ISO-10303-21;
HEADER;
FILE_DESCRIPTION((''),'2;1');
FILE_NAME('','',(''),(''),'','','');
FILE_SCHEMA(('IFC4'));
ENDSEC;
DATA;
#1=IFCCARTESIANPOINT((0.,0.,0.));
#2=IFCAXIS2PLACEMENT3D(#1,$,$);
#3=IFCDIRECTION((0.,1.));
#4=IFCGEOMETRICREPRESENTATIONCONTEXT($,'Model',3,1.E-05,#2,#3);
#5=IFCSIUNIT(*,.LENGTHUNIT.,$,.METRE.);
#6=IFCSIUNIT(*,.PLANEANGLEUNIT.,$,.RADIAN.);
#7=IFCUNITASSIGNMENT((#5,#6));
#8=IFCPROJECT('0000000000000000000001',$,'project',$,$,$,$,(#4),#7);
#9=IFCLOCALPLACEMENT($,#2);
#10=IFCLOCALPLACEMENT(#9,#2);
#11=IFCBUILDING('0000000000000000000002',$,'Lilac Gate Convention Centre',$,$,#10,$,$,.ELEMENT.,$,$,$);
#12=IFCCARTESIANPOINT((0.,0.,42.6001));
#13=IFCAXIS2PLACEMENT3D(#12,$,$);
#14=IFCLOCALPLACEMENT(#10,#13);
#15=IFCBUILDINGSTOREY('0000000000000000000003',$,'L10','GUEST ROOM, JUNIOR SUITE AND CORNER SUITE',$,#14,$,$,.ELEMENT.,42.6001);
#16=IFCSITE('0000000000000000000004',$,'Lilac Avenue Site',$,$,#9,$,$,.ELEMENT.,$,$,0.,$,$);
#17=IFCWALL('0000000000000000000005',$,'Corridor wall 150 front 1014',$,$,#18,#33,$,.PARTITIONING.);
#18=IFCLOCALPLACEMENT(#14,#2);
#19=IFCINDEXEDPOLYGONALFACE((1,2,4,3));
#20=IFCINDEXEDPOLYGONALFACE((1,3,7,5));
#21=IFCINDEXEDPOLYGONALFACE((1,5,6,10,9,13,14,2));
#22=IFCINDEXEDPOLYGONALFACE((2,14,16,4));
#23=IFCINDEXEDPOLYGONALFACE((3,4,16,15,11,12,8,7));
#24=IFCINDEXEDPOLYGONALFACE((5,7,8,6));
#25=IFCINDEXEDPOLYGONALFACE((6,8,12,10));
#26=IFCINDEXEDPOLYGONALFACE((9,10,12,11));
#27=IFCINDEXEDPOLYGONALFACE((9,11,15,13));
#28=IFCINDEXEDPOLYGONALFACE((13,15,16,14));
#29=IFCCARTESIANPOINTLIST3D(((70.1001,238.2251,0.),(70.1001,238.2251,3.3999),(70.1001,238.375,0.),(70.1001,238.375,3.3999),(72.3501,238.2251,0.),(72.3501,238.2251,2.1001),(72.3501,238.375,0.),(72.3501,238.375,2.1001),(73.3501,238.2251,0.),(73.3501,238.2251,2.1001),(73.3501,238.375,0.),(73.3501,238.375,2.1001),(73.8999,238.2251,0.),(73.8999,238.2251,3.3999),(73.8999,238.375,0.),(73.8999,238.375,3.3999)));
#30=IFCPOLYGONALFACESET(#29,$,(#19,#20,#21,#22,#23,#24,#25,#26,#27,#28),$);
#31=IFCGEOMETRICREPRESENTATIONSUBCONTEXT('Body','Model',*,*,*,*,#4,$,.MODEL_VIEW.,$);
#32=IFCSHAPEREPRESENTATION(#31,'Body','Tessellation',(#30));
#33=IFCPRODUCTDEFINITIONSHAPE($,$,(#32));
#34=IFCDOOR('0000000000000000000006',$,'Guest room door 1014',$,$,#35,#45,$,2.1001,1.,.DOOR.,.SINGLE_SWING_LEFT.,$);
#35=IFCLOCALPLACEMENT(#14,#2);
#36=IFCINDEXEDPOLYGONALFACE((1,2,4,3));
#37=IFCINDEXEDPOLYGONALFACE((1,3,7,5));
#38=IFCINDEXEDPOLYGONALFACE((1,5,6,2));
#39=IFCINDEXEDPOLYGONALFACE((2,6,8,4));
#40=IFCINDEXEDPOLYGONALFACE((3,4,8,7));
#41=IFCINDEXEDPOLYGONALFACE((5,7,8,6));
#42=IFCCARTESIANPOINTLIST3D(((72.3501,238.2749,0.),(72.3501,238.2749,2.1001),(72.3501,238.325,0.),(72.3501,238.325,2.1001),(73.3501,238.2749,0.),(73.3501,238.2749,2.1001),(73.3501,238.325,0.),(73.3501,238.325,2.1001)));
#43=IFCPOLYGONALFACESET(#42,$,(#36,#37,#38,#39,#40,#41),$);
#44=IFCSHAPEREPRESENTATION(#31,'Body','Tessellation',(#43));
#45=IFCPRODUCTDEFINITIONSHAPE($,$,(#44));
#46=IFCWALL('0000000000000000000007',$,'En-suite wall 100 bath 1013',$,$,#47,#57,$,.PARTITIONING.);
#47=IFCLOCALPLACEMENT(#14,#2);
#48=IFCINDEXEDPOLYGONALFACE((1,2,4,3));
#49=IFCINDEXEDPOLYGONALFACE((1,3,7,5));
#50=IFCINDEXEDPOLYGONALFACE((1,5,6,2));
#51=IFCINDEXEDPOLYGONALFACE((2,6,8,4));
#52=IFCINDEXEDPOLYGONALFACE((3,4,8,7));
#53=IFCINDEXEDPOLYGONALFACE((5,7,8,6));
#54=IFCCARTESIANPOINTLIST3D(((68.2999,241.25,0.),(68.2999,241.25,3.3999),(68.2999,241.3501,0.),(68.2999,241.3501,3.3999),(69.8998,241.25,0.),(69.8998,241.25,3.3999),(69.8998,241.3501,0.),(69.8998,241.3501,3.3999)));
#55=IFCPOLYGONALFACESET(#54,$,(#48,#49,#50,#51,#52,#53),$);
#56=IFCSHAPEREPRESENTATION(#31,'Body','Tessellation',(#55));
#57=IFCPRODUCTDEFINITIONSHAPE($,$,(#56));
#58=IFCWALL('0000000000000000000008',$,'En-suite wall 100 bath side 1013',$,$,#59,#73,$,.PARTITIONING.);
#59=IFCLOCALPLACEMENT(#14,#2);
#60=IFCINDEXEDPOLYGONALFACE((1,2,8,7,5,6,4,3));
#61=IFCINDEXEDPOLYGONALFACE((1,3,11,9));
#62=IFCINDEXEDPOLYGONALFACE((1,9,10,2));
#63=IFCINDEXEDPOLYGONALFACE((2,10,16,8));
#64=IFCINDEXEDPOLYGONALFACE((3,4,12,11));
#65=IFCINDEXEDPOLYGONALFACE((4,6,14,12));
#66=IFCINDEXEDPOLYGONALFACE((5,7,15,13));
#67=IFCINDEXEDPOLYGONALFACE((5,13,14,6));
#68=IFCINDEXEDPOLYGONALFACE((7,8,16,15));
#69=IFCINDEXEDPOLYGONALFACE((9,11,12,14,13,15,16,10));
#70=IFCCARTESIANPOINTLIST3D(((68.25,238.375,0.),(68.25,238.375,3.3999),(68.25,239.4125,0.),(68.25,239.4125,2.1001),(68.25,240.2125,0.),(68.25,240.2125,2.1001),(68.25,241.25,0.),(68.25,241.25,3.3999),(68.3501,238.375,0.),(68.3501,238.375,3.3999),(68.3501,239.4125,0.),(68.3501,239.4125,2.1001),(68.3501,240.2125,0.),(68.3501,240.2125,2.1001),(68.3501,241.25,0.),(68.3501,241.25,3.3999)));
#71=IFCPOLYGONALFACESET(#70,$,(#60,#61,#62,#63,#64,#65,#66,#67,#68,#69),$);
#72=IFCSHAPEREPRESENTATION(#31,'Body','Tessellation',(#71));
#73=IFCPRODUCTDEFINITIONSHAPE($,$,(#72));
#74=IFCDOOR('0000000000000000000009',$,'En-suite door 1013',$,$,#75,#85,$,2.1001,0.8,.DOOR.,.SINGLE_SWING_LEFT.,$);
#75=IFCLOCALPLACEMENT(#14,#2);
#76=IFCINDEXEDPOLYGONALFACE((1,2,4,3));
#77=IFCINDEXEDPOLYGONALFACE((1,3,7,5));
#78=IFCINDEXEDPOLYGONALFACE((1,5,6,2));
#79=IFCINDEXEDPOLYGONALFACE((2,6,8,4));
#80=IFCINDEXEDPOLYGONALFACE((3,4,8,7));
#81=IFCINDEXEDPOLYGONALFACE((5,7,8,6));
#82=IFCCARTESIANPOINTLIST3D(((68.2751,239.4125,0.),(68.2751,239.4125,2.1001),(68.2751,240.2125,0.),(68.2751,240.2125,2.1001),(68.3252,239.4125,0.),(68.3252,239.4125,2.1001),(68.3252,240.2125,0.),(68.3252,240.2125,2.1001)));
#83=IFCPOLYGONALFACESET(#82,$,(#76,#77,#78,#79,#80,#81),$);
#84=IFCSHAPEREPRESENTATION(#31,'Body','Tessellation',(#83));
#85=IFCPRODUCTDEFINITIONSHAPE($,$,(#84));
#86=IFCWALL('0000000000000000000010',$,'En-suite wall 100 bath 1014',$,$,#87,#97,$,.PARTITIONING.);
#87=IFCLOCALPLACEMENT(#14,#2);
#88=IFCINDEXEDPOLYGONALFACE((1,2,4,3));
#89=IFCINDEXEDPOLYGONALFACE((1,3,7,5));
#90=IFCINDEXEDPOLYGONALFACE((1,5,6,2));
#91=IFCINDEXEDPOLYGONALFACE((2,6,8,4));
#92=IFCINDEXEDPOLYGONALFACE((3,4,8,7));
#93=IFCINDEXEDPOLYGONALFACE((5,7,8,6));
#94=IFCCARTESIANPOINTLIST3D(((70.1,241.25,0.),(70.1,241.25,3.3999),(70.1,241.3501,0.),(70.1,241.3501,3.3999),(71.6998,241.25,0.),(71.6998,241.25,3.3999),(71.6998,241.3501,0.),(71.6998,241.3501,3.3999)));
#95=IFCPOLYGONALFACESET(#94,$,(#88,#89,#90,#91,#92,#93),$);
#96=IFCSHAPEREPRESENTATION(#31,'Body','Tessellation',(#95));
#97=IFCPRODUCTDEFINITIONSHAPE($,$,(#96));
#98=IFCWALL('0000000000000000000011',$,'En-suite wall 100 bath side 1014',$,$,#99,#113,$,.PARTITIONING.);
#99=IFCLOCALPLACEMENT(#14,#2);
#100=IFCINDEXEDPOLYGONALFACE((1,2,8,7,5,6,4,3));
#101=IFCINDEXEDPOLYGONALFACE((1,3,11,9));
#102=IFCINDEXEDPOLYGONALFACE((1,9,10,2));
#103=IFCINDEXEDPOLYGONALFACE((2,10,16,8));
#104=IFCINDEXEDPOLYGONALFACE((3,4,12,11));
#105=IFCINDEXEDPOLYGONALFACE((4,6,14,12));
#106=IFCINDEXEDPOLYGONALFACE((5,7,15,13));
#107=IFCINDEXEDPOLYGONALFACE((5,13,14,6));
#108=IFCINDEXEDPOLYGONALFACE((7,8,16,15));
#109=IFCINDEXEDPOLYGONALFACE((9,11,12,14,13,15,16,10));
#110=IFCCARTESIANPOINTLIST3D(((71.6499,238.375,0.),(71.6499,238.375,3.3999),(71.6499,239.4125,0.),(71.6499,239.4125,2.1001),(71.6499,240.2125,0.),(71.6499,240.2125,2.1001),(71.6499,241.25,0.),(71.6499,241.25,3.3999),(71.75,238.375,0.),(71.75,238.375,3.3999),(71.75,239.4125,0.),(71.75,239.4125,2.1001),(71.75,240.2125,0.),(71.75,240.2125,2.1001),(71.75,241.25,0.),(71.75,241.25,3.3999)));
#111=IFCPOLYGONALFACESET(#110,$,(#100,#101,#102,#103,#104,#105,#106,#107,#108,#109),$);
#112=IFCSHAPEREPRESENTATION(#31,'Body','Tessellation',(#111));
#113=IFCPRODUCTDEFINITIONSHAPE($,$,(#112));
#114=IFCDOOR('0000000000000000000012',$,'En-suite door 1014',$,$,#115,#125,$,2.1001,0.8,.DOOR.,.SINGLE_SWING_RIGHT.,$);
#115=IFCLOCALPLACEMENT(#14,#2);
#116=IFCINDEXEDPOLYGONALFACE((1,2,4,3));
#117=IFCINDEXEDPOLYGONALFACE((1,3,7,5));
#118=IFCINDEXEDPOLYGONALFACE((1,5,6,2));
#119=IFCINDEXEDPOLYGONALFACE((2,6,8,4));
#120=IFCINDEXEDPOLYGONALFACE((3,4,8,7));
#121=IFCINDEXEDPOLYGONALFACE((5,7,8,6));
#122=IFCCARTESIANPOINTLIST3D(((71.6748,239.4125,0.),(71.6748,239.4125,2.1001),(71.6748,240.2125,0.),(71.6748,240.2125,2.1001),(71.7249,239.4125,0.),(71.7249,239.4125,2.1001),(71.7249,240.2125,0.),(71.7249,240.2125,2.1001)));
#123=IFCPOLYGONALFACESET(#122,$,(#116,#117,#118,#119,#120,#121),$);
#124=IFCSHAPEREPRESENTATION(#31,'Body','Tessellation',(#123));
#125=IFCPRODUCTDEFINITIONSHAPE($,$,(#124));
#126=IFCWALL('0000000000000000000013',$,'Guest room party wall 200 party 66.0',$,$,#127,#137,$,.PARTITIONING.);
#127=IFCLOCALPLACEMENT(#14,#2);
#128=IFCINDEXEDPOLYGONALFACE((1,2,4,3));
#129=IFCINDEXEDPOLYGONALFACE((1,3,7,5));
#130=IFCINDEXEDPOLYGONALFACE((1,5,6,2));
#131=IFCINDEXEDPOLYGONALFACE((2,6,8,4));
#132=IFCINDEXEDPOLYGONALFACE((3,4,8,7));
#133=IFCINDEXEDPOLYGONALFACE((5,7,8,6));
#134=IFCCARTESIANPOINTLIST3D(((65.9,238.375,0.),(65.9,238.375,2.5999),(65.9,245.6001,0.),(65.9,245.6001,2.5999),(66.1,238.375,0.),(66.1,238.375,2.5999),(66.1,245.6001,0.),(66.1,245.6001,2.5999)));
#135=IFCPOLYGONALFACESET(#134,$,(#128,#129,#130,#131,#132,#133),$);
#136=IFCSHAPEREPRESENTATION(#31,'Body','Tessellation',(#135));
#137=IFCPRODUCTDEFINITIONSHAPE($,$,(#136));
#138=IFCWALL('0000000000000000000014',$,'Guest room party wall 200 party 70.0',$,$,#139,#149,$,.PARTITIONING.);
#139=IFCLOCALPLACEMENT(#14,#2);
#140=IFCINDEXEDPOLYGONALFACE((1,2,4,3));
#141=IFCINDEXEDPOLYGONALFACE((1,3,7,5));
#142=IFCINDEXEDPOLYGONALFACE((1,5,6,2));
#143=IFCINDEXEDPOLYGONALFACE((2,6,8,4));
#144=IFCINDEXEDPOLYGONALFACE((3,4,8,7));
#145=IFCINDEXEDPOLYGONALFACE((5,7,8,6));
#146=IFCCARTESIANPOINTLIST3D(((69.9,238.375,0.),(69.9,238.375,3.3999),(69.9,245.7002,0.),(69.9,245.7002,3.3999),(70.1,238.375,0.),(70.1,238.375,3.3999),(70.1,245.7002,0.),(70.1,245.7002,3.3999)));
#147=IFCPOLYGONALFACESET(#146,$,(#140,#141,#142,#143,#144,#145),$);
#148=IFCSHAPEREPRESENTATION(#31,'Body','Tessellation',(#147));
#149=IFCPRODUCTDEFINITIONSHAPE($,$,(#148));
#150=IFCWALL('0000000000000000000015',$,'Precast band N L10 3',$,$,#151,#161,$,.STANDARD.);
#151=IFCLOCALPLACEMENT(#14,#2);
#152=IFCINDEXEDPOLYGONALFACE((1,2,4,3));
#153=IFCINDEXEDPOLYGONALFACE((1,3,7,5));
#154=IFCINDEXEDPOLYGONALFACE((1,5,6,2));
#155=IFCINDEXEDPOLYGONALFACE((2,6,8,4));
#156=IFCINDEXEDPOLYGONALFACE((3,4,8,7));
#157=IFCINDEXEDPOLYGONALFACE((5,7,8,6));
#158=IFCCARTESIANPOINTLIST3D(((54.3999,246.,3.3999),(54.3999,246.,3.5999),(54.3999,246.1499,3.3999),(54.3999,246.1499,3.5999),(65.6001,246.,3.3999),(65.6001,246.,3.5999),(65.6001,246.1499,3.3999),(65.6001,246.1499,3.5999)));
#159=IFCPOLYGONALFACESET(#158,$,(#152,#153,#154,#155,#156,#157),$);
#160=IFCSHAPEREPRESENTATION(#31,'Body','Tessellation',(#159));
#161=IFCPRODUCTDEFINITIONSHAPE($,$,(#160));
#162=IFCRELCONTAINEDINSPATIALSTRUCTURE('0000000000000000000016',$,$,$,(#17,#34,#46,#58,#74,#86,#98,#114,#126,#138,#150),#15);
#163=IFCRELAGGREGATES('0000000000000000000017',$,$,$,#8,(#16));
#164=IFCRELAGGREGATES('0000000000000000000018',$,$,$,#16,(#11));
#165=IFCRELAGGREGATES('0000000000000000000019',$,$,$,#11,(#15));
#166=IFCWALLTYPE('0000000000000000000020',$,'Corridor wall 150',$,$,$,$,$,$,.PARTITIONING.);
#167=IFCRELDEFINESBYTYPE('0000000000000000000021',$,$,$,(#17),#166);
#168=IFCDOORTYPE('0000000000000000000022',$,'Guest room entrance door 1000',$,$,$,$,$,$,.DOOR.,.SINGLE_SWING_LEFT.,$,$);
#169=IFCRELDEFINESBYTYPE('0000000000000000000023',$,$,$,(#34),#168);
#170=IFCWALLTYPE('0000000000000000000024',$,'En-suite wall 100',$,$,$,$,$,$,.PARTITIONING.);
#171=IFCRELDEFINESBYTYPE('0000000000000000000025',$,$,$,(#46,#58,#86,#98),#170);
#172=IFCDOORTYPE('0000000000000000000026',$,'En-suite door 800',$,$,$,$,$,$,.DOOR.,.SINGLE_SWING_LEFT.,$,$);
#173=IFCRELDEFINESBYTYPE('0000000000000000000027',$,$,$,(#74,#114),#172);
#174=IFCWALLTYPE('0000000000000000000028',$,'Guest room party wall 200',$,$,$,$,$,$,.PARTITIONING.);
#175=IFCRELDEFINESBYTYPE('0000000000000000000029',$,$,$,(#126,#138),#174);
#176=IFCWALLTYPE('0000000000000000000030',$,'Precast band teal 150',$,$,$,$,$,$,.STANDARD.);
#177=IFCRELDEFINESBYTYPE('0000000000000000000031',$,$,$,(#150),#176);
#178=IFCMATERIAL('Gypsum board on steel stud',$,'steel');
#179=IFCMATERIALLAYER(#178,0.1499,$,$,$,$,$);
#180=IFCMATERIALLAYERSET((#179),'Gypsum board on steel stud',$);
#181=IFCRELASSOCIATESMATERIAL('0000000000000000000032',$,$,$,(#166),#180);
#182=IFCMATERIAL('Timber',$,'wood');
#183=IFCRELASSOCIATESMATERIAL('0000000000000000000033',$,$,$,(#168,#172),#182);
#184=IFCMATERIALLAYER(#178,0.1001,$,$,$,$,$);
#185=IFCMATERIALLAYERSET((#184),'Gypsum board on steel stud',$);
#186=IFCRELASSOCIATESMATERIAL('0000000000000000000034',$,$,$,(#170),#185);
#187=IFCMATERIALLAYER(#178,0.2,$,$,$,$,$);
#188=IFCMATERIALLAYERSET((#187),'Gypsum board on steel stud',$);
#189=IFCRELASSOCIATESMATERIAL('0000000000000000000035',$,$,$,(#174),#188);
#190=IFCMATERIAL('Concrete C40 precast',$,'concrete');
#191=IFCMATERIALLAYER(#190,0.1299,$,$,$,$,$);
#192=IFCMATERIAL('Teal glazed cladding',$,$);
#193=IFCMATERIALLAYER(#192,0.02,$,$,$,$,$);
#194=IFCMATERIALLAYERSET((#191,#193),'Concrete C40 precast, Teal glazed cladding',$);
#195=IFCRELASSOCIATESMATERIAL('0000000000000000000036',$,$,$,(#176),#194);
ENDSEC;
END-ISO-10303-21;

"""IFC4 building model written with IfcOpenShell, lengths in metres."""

from ifc_helpers import new_model, si_unit, direction, frame, frame_2d, origin, place, context, subcontext, project, spatial, rectangle, extrude, material, layer, layer_set, type_object, element, fill, save


model = new_model("IFC4")

# Units and contexts
model_context = context("Model", 3, precision=1e-05, world=origin(), true_north=direction((0.0, 1.0)))
body_context = subcontext(model_context, "Body", "Model", "MODEL_VIEW")
ifc_project = project(units=[si_unit("LENGTHUNIT", "METRE"), si_unit("PLANEANGLEUNIT", "RADIAN")], contexts=[model_context])

# Site, building, storey
site_placement = place(None, origin())
site = spatial("IfcSite", under=ifc_project, at=site_placement, Name="Lilac Avenue Site", CompositionType="ELEMENT", RefElevation=0.0)
building_placement = place(site_placement, origin())
building = spatial("IfcBuilding", under=site, at=building_placement, Name="Lilac Gate Convention Centre", CompositionType="ELEMENT")
storey_placement = place(building_placement, frame((0.0, 0.0, 42.6001)))
storey = spatial("IfcBuildingStorey", under=building, at=storey_placement, Name="L10", Description="GUEST ROOM, JUNIOR SUITE AND CORNER SUITE", CompositionType="ELEMENT", Elevation=42.6001)

# Wall, opening, door
ifc_material_1 = material(Name="Gypsum board on steel stud", Category="steel")
ifc_layer_1 = layer(ifc_material_1, 0.1499)
ifc_layer_set_1 = layer_set([ifc_layer_1], Name="Gypsum board on steel stud")
wall_type_1 = type_object("IfcWallType", Name="Corridor wall 150", PredefinedType="PARTITIONING", material=ifc_layer_set_1)
ifc_material_2 = material(Name="Timber", Category="wood")
door_type_1 = type_object("IfcDoorType", Name="Guest room entrance door 1000", OperationType="SINGLE_SWING_LEFT", PredefinedType="DOOR", material=ifc_material_2)
wall_1_placement = place(storey_placement, frame((70.1001, 238.3, 0.0), z_axis=(0.0, 0.0, 1.0), x_axis=(1.0, 0.0, 0.0)))
wall_1 = element("IfcWall", 1, at=wall_1_placement, inside=storey, type_object=wall_type_1, Name="Corridor wall 150 front 1014", PredefinedType="PARTITIONING", context=body_context, shape_type="SweptSolid", body=[
    extrude(rectangle(XDim=3.7998, YDim=0.1499, at=frame_2d((1.8999, 0.0))), origin(), (0.0, 0.0, 1.0), 3.3999),
])
opening_1_placement = place(wall_1_placement, frame((2.25, 0.0, 0.0)))
opening_1 = element("IfcOpeningElement", 2, at=opening_1_placement, cuts=wall_1, PredefinedType="OPENING", context=body_context, shape_type="SweptSolid", body=[
    extrude(rectangle(XDim=1.0, YDim=2.1001, at=frame_2d((0.5, 1.05))), frame((0.0, 0.085, 0.0), z_axis=(0.0, -1.0, 0.0), x_axis=(1.0, 0.0, 0.0)), (0.0, 0.0, 1.0), 0.1699),
])
door_1_placement = place(opening_1_placement, origin())
door_1 = element("IfcDoor", 3, at=door_1_placement, inside=storey, type_object=door_type_1, Name="Guest room door 1014", OperationType="SINGLE_SWING_LEFT", OverallHeight=2.1001, OverallWidth=1.0, PredefinedType="DOOR", context=body_context, shape_type="SweptSolid", body=[
    extrude(rectangle(XDim=1.0, YDim=2.1001, at=frame_2d((0.5, 1.05))), frame((0.0, 0.0249, 0.0), z_axis=(0.0, -1.0, 0.0), x_axis=(1.0, 0.0, 0.0)), (0.0, 0.0, 1.0), 0.05),
])
fill(opening_1, door_1)

# Wall
ifc_layer_2 = layer(ifc_material_1, 0.1001)
ifc_layer_set_2 = layer_set([ifc_layer_2], Name="Gypsum board on steel stud")
wall_type_2 = type_object("IfcWallType", Name="En-suite wall 100", PredefinedType="PARTITIONING", material=ifc_layer_set_2)
wall_2_placement = place(storey_placement, frame((68.3, 241.3, 0.0), z_axis=(0.0, 0.0, 1.0), x_axis=(1.0, 0.0, 0.0)))
element("IfcWall", 4, at=wall_2_placement, inside=storey, type_object=wall_type_2, Name="En-suite wall 100 bath 1013", PredefinedType="PARTITIONING", context=body_context, shape_type="SweptSolid", body=[
    extrude(rectangle(XDim=1.5999, YDim=0.1001, at=frame_2d((0.7998, 0.0))), origin(), (0.0, 0.0, 1.0), 3.3999),
])

# Wall, opening, door
wall_3_placement = place(storey_placement, frame((68.3, 238.375, 0.0), z_axis=(0.0, 0.0, 1.0), x_axis=(0.0, 1.0, 0.0)))
wall_3 = element("IfcWall", 5, at=wall_3_placement, inside=storey, type_object=wall_type_2, Name="En-suite wall 100 bath side 1013", PredefinedType="PARTITIONING", context=body_context, shape_type="SweptSolid", body=[
    extrude(rectangle(XDim=2.875, YDim=0.1001, at=frame_2d((1.4375, 0.0))), origin(), (0.0, 0.0, 1.0), 3.3999),
])
opening_2_placement = place(wall_3_placement, frame((1.0376, 0.0, 0.0)))
opening_2 = element("IfcOpeningElement", 6, at=opening_2_placement, cuts=wall_3, PredefinedType="OPENING", context=body_context, shape_type="SweptSolid", body=[
    extrude(rectangle(XDim=0.8, YDim=2.1001, at=frame_2d((0.3999, 1.05))), frame((0.0, 0.0601, 0.0), z_axis=(0.0, -1.0, 0.0), x_axis=(1.0, 0.0, 0.0)), (0.0, 0.0, 1.0), 0.1201),
])
door_type_2 = type_object("IfcDoorType", Name="En-suite door 800", OperationType="SINGLE_SWING_LEFT", PredefinedType="DOOR", material=ifc_material_2)
door_2_placement = place(opening_2_placement, origin())
door_2 = element("IfcDoor", 7, at=door_2_placement, inside=storey, type_object=door_type_2, Name="En-suite door 1013", OperationType="SINGLE_SWING_LEFT", OverallHeight=2.1001, OverallWidth=0.8, PredefinedType="DOOR", context=body_context, shape_type="SweptSolid", body=[
    extrude(rectangle(XDim=0.8, YDim=2.1001, at=frame_2d((0.3999, 1.05))), frame((0.0, 0.0249, 0.0), z_axis=(0.0, -1.0, 0.0), x_axis=(1.0, 0.0, 0.0)), (0.0, 0.0, 1.0), 0.05),
])
fill(opening_2, door_2)

# Wall
wall_4_placement = place(storey_placement, frame((70.1001, 241.3, 0.0), z_axis=(0.0, 0.0, 1.0), x_axis=(1.0, 0.0, 0.0)))
element("IfcWall", 8, at=wall_4_placement, inside=storey, type_object=wall_type_2, Name="En-suite wall 100 bath 1014", PredefinedType="PARTITIONING", context=body_context, shape_type="SweptSolid", body=[
    extrude(rectangle(XDim=1.5999, YDim=0.1001, at=frame_2d((0.7998, 0.0))), origin(), (0.0, 0.0, 1.0), 3.3999),
])

# Wall, opening, door
wall_5_placement = place(storey_placement, frame((71.7, 241.25, 0.0), z_axis=(0.0, 0.0, 1.0), x_axis=(0.0, -1.0, 0.0)))
wall_5 = element("IfcWall", 9, at=wall_5_placement, inside=storey, type_object=wall_type_2, Name="En-suite wall 100 bath side 1014", PredefinedType="PARTITIONING", context=body_context, shape_type="SweptSolid", body=[
    extrude(rectangle(XDim=2.875, YDim=0.1001, at=frame_2d((1.4375, 0.0))), origin(), (0.0, 0.0, 1.0), 3.3999),
])
opening_3_placement = place(wall_5_placement, frame((1.0376, 0.0, 0.0)))
opening_3 = element("IfcOpeningElement", 10, at=opening_3_placement, cuts=wall_5, PredefinedType="OPENING", context=body_context, shape_type="SweptSolid", body=[
    extrude(rectangle(XDim=0.8, YDim=2.1001, at=frame_2d((0.3999, 1.05))), frame((0.0, 0.0601, 0.0), z_axis=(0.0, -1.0, 0.0), x_axis=(1.0, 0.0, 0.0)), (0.0, 0.0, 1.0), 0.1201),
])
door_3_placement = place(opening_3_placement, origin())
door_3 = element("IfcDoor", 11, at=door_3_placement, inside=storey, type_object=door_type_2, Name="En-suite door 1014", OperationType="SINGLE_SWING_RIGHT", OverallHeight=2.1001, OverallWidth=0.8, PredefinedType="DOOR", context=body_context, shape_type="SweptSolid", body=[
    extrude(rectangle(XDim=0.8, YDim=2.1001, at=frame_2d((0.3999, 1.05))), frame((0.0, 0.0249, 0.0), z_axis=(0.0, -1.0, 0.0), x_axis=(1.0, 0.0, 0.0)), (0.0, 0.0, 1.0), 0.05),
])
fill(opening_3, door_3)

# Walls
ifc_layer_3 = layer(ifc_material_1, 0.2)
ifc_layer_set_3 = layer_set([ifc_layer_3], Name="Gypsum board on steel stud")
wall_type_3 = type_object("IfcWallType", Name="Guest room party wall 200", PredefinedType="PARTITIONING", material=ifc_layer_set_3)
wall_6_placement = place(storey_placement, frame((66.0, 245.6001, 0.0), z_axis=(0.0, 0.0, 1.0), x_axis=(0.0, -1.0, 0.0)))
element("IfcWall", 12, at=wall_6_placement, inside=storey, type_object=wall_type_3, Name="Guest room party wall 200 party 66.0", PredefinedType="PARTITIONING", context=body_context, shape_type="SweptSolid", body=[
    extrude(rectangle(XDim=7.2251, YDim=0.2, at=frame_2d((3.6125, 0.0))), origin(), (0.0, 0.0, 1.0), 2.5999),
])
wall_7_placement = place(storey_placement, frame((70.0, 245.7002, 0.0), z_axis=(0.0, 0.0, 1.0), x_axis=(0.0, -1.0, 0.0)))
element("IfcWall", 13, at=wall_7_placement, inside=storey, type_object=wall_type_3, Name="Guest room party wall 200 party 70.0", PredefinedType="PARTITIONING", context=body_context, shape_type="SweptSolid", body=[
    extrude(rectangle(XDim=7.3252, YDim=0.2, at=frame_2d((3.6626, 0.0))), origin(), (0.0, 0.0, 1.0), 3.3999),
])
ifc_material_3 = material(Name="Concrete C40 precast", Category="concrete")
ifc_layer_4 = layer(ifc_material_3, 0.1299)
ifc_material_4 = material(Name="Teal glazed cladding")
ifc_layer_5 = layer(ifc_material_4, 0.02)
ifc_layer_set_4 = layer_set([ifc_layer_4, ifc_layer_5], Name="Concrete C40 precast, Teal glazed cladding")
wall_type_4 = type_object("IfcWallType", Name="Precast band teal 150", PredefinedType="STANDARD", material=ifc_layer_set_4)
wall_8_placement = place(storey_placement, frame((65.6001, 246.075, 3.3999), z_axis=(0.0, 0.0, 1.0), x_axis=(-1.0, 0.0, 0.0)))
element("IfcWall", 14, at=wall_8_placement, inside=storey, type_object=wall_type_4, Name="Precast band N L10 3", PredefinedType="STANDARD", context=body_context, shape_type="SweptSolid", body=[
    extrude(rectangle(XDim=11.2002, YDim=0.1499, at=frame_2d((5.6001, 0.0))), origin(), (0.0, 0.0, 1.0), 0.2),
])

save(model, "model.ifc")
